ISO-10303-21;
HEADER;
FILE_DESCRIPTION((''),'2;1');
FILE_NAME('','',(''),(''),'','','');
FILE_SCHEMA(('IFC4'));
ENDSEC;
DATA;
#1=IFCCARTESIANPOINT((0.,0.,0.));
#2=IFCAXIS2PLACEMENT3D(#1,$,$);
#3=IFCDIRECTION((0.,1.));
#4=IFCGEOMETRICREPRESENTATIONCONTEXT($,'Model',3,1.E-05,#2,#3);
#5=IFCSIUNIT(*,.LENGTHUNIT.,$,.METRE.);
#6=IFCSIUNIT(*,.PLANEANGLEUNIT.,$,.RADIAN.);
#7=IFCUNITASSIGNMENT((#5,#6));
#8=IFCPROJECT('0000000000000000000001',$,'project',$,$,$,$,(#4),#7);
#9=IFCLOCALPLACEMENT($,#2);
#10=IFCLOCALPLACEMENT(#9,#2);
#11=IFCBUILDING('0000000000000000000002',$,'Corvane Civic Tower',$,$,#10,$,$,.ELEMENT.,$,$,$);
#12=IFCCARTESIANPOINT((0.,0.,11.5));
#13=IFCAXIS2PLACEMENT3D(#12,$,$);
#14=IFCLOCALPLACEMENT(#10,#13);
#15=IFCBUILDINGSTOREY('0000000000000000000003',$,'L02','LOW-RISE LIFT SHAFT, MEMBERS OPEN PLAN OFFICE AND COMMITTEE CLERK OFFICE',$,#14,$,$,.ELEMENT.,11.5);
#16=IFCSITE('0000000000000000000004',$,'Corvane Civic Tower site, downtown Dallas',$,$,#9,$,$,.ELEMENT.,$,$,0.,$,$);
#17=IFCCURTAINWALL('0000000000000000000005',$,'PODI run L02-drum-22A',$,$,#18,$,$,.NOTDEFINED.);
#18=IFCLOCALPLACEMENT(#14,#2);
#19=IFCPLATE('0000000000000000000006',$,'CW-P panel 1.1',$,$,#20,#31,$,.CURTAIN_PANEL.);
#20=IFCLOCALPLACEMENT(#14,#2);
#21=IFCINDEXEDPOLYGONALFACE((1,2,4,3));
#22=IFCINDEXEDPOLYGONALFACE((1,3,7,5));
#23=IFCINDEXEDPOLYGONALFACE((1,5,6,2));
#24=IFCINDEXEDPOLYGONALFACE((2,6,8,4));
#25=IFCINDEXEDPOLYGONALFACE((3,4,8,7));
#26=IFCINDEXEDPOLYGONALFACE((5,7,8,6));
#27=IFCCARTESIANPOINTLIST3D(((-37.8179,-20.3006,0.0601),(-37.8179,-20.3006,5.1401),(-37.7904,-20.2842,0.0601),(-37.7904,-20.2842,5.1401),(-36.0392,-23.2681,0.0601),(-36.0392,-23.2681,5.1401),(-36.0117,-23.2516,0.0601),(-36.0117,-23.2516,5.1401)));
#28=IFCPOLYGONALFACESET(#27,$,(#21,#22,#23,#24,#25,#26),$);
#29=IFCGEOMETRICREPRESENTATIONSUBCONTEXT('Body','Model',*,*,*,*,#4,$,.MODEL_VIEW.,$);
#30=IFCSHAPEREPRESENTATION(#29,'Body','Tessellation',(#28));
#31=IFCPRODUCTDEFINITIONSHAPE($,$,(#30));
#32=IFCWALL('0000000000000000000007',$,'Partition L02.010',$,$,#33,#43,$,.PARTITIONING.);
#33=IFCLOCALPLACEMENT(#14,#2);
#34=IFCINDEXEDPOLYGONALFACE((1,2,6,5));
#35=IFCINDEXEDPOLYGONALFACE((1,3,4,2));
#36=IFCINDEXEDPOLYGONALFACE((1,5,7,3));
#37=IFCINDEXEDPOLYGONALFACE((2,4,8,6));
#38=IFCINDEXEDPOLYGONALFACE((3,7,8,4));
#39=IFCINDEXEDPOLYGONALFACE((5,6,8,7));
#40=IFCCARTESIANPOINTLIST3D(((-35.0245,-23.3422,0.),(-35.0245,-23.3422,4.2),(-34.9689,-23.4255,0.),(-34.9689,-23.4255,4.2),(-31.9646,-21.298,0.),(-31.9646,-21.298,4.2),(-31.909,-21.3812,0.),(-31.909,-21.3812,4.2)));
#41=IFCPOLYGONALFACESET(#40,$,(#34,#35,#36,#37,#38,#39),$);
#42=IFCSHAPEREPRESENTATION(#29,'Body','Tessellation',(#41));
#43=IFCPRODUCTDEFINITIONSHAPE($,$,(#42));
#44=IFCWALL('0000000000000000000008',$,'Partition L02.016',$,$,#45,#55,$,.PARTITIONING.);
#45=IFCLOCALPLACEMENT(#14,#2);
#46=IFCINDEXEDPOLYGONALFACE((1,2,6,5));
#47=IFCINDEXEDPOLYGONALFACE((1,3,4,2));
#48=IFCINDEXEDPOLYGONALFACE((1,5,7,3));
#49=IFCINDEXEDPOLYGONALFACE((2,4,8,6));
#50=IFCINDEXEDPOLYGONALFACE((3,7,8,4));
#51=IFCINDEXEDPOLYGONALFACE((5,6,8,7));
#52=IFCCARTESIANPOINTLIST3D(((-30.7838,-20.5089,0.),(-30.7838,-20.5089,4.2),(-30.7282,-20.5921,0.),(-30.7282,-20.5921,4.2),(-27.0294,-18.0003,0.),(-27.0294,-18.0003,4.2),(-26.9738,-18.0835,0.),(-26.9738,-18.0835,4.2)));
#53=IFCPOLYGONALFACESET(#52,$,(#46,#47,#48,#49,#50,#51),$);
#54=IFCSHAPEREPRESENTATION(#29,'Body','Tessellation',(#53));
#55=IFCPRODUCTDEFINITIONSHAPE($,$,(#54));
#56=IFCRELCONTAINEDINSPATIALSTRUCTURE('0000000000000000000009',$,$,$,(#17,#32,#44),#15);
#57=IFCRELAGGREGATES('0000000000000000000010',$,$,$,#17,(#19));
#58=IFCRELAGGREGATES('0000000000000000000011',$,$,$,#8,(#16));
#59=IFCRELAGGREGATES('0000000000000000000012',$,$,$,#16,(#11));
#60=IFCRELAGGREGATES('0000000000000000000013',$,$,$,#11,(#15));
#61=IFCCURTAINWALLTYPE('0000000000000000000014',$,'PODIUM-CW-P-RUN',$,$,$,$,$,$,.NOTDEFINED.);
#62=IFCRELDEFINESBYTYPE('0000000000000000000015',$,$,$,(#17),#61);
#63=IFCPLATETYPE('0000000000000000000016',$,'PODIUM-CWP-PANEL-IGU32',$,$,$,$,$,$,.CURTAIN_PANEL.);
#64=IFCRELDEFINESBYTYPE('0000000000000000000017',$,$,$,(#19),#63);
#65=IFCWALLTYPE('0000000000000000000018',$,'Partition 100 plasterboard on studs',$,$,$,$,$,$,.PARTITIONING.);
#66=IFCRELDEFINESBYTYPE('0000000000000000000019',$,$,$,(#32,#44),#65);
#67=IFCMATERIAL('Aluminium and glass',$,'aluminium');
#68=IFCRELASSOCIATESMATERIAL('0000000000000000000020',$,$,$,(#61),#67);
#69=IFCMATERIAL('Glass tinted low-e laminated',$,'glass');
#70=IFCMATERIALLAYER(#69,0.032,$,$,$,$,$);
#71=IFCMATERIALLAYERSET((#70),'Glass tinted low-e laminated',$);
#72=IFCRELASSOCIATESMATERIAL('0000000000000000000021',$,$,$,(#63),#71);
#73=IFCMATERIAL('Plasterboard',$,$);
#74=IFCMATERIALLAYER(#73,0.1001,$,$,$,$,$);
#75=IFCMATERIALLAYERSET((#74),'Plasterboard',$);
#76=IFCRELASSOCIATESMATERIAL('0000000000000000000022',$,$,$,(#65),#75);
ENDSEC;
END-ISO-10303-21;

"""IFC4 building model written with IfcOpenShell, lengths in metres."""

from ifc_helpers import new_model, si_unit, direction, frame, frame_2d, origin, origin_2d, place, context, subcontext, project, spatial, rectangle, extrude, material, layer, layer_set, type_object, element, aggregate, save


model = new_model("IFC4")

# Units and contexts
model_context = context("Model", 3, precision=1e-05, world=origin(), true_north=direction((0.0, 1.0)))
body_context = subcontext(model_context, "Body", "Model", "MODEL_VIEW")
ifc_project = project(units=[si_unit("LENGTHUNIT", "METRE"), si_unit("PLANEANGLEUNIT", "RADIAN")], contexts=[model_context])

# Site, building, storey
site_placement = place(None, origin())
site = spatial("IfcSite", under=ifc_project, at=site_placement, Name="Corvane Civic Tower site, downtown Dallas", CompositionType="ELEMENT", RefElevation=0.0)
building_placement = place(site_placement, origin())
building = spatial("IfcBuilding", under=site, at=building_placement, Name="Corvane Civic Tower", CompositionType="ELEMENT")
storey_placement = place(building_placement, frame((0.0, 0.0, 11.5)))
storey = spatial("IfcBuildingStorey", under=building, at=storey_placement, Name="L02", Description="LOW-RISE LIFT SHAFT, MEMBERS OPEN PLAN OFFICE AND COMMITTEE CLERK OFFICE", CompositionType="ELEMENT", Elevation=11.5)

# Curtain wall
ifc_material_1 = material(Name="Aluminium and glass", Category="aluminium")
curtain_wall_type = type_object("IfcCurtainWallType", Name="PODIUM-CW-P-RUN", PredefinedType="NOTDEFINED", material=ifc_material_1)
curtain_wall_1_placement = place(storey_placement, origin())
curtain_wall_1 = element("IfcCurtainWall", 1, at=curtain_wall_1_placement, inside=storey, type_object=curtain_wall_type, Name="PODI run L02-drum-22A", PredefinedType="NOTDEFINED")

# Plate
ifc_material_2 = material(Name="Glass tinted low-e laminated", Category="glass")
ifc_layer_1 = layer(ifc_material_2, 0.032)
ifc_layer_set_1 = layer_set([ifc_layer_1], Name="Glass tinted low-e laminated")
plate_type = type_object("IfcPlateType", Name="PODIUM-CWP-PANEL-IGU32", PredefinedType="CURTAIN_PANEL", material=ifc_layer_set_1)
plate_1_placement = place(storey_placement, frame((-36.9148, -21.7761, 0.0601), z_axis=(0.0, 0.0, 1.0), x_axis=(-0.514118, 0.85772, 0.0)))
plate_1 = element("IfcPlate", 2, at=plate_1_placement, type_object=plate_type, Name="CW-P panel 1.1", PredefinedType="CURTAIN_PANEL", context=body_context, shape_type="SweptSolid", body=[
    extrude(rectangle(XDim=3.4597, YDim=0.032, at=origin_2d()), origin(), (0.0, 0.0, 1.0), 5.0801),
])
aggregate(curtain_wall_1, [plate_1])

# Walls
ifc_material_3 = material(Name="Plasterboard")
ifc_layer_2 = layer(ifc_material_3, 0.1001)
ifc_layer_set_2 = layer_set([ifc_layer_2], Name="Plasterboard")
wall_type_1 = type_object("IfcWallType", Name="Partition 100 plasterboard on studs", PredefinedType="PARTITIONING", material=ifc_layer_set_2)
wall_1_placement = place(storey_placement, frame((-34.9966, -23.3838, 0.0), z_axis=(0.0, 0.0, 1.0), x_axis=(0.831509, 0.555511, 0.0)))
element("IfcWall", 3, at=wall_1_placement, inside=storey, type_object=wall_type_1, Name="Partition L02.010", PredefinedType="PARTITIONING", context=body_context, shape_type="SweptSolid", body=[
    extrude(rectangle(XDim=3.6799, YDim=0.1001, at=frame_2d((1.8398, 0.0))), origin(), (0.0, 0.0, 1.0), 4.2),
])
wall_2_placement = place(storey_placement, frame((-30.7561, -20.5505, 0.0), z_axis=(0.0, 0.0, 1.0), x_axis=(0.831476, 0.555561, 0.0)))
element("IfcWall", 4, at=wall_2_placement, inside=storey, type_object=wall_type_1, Name="Partition L02.016", PredefinedType="PARTITIONING", context=body_context, shape_type="SweptSolid", body=[
    extrude(rectangle(XDim=4.5154, YDim=0.1001, at=frame_2d((2.2578, 0.0))), origin(), (0.0, 0.0, 1.0), 4.2),
])

save(model, "model.ifc")
